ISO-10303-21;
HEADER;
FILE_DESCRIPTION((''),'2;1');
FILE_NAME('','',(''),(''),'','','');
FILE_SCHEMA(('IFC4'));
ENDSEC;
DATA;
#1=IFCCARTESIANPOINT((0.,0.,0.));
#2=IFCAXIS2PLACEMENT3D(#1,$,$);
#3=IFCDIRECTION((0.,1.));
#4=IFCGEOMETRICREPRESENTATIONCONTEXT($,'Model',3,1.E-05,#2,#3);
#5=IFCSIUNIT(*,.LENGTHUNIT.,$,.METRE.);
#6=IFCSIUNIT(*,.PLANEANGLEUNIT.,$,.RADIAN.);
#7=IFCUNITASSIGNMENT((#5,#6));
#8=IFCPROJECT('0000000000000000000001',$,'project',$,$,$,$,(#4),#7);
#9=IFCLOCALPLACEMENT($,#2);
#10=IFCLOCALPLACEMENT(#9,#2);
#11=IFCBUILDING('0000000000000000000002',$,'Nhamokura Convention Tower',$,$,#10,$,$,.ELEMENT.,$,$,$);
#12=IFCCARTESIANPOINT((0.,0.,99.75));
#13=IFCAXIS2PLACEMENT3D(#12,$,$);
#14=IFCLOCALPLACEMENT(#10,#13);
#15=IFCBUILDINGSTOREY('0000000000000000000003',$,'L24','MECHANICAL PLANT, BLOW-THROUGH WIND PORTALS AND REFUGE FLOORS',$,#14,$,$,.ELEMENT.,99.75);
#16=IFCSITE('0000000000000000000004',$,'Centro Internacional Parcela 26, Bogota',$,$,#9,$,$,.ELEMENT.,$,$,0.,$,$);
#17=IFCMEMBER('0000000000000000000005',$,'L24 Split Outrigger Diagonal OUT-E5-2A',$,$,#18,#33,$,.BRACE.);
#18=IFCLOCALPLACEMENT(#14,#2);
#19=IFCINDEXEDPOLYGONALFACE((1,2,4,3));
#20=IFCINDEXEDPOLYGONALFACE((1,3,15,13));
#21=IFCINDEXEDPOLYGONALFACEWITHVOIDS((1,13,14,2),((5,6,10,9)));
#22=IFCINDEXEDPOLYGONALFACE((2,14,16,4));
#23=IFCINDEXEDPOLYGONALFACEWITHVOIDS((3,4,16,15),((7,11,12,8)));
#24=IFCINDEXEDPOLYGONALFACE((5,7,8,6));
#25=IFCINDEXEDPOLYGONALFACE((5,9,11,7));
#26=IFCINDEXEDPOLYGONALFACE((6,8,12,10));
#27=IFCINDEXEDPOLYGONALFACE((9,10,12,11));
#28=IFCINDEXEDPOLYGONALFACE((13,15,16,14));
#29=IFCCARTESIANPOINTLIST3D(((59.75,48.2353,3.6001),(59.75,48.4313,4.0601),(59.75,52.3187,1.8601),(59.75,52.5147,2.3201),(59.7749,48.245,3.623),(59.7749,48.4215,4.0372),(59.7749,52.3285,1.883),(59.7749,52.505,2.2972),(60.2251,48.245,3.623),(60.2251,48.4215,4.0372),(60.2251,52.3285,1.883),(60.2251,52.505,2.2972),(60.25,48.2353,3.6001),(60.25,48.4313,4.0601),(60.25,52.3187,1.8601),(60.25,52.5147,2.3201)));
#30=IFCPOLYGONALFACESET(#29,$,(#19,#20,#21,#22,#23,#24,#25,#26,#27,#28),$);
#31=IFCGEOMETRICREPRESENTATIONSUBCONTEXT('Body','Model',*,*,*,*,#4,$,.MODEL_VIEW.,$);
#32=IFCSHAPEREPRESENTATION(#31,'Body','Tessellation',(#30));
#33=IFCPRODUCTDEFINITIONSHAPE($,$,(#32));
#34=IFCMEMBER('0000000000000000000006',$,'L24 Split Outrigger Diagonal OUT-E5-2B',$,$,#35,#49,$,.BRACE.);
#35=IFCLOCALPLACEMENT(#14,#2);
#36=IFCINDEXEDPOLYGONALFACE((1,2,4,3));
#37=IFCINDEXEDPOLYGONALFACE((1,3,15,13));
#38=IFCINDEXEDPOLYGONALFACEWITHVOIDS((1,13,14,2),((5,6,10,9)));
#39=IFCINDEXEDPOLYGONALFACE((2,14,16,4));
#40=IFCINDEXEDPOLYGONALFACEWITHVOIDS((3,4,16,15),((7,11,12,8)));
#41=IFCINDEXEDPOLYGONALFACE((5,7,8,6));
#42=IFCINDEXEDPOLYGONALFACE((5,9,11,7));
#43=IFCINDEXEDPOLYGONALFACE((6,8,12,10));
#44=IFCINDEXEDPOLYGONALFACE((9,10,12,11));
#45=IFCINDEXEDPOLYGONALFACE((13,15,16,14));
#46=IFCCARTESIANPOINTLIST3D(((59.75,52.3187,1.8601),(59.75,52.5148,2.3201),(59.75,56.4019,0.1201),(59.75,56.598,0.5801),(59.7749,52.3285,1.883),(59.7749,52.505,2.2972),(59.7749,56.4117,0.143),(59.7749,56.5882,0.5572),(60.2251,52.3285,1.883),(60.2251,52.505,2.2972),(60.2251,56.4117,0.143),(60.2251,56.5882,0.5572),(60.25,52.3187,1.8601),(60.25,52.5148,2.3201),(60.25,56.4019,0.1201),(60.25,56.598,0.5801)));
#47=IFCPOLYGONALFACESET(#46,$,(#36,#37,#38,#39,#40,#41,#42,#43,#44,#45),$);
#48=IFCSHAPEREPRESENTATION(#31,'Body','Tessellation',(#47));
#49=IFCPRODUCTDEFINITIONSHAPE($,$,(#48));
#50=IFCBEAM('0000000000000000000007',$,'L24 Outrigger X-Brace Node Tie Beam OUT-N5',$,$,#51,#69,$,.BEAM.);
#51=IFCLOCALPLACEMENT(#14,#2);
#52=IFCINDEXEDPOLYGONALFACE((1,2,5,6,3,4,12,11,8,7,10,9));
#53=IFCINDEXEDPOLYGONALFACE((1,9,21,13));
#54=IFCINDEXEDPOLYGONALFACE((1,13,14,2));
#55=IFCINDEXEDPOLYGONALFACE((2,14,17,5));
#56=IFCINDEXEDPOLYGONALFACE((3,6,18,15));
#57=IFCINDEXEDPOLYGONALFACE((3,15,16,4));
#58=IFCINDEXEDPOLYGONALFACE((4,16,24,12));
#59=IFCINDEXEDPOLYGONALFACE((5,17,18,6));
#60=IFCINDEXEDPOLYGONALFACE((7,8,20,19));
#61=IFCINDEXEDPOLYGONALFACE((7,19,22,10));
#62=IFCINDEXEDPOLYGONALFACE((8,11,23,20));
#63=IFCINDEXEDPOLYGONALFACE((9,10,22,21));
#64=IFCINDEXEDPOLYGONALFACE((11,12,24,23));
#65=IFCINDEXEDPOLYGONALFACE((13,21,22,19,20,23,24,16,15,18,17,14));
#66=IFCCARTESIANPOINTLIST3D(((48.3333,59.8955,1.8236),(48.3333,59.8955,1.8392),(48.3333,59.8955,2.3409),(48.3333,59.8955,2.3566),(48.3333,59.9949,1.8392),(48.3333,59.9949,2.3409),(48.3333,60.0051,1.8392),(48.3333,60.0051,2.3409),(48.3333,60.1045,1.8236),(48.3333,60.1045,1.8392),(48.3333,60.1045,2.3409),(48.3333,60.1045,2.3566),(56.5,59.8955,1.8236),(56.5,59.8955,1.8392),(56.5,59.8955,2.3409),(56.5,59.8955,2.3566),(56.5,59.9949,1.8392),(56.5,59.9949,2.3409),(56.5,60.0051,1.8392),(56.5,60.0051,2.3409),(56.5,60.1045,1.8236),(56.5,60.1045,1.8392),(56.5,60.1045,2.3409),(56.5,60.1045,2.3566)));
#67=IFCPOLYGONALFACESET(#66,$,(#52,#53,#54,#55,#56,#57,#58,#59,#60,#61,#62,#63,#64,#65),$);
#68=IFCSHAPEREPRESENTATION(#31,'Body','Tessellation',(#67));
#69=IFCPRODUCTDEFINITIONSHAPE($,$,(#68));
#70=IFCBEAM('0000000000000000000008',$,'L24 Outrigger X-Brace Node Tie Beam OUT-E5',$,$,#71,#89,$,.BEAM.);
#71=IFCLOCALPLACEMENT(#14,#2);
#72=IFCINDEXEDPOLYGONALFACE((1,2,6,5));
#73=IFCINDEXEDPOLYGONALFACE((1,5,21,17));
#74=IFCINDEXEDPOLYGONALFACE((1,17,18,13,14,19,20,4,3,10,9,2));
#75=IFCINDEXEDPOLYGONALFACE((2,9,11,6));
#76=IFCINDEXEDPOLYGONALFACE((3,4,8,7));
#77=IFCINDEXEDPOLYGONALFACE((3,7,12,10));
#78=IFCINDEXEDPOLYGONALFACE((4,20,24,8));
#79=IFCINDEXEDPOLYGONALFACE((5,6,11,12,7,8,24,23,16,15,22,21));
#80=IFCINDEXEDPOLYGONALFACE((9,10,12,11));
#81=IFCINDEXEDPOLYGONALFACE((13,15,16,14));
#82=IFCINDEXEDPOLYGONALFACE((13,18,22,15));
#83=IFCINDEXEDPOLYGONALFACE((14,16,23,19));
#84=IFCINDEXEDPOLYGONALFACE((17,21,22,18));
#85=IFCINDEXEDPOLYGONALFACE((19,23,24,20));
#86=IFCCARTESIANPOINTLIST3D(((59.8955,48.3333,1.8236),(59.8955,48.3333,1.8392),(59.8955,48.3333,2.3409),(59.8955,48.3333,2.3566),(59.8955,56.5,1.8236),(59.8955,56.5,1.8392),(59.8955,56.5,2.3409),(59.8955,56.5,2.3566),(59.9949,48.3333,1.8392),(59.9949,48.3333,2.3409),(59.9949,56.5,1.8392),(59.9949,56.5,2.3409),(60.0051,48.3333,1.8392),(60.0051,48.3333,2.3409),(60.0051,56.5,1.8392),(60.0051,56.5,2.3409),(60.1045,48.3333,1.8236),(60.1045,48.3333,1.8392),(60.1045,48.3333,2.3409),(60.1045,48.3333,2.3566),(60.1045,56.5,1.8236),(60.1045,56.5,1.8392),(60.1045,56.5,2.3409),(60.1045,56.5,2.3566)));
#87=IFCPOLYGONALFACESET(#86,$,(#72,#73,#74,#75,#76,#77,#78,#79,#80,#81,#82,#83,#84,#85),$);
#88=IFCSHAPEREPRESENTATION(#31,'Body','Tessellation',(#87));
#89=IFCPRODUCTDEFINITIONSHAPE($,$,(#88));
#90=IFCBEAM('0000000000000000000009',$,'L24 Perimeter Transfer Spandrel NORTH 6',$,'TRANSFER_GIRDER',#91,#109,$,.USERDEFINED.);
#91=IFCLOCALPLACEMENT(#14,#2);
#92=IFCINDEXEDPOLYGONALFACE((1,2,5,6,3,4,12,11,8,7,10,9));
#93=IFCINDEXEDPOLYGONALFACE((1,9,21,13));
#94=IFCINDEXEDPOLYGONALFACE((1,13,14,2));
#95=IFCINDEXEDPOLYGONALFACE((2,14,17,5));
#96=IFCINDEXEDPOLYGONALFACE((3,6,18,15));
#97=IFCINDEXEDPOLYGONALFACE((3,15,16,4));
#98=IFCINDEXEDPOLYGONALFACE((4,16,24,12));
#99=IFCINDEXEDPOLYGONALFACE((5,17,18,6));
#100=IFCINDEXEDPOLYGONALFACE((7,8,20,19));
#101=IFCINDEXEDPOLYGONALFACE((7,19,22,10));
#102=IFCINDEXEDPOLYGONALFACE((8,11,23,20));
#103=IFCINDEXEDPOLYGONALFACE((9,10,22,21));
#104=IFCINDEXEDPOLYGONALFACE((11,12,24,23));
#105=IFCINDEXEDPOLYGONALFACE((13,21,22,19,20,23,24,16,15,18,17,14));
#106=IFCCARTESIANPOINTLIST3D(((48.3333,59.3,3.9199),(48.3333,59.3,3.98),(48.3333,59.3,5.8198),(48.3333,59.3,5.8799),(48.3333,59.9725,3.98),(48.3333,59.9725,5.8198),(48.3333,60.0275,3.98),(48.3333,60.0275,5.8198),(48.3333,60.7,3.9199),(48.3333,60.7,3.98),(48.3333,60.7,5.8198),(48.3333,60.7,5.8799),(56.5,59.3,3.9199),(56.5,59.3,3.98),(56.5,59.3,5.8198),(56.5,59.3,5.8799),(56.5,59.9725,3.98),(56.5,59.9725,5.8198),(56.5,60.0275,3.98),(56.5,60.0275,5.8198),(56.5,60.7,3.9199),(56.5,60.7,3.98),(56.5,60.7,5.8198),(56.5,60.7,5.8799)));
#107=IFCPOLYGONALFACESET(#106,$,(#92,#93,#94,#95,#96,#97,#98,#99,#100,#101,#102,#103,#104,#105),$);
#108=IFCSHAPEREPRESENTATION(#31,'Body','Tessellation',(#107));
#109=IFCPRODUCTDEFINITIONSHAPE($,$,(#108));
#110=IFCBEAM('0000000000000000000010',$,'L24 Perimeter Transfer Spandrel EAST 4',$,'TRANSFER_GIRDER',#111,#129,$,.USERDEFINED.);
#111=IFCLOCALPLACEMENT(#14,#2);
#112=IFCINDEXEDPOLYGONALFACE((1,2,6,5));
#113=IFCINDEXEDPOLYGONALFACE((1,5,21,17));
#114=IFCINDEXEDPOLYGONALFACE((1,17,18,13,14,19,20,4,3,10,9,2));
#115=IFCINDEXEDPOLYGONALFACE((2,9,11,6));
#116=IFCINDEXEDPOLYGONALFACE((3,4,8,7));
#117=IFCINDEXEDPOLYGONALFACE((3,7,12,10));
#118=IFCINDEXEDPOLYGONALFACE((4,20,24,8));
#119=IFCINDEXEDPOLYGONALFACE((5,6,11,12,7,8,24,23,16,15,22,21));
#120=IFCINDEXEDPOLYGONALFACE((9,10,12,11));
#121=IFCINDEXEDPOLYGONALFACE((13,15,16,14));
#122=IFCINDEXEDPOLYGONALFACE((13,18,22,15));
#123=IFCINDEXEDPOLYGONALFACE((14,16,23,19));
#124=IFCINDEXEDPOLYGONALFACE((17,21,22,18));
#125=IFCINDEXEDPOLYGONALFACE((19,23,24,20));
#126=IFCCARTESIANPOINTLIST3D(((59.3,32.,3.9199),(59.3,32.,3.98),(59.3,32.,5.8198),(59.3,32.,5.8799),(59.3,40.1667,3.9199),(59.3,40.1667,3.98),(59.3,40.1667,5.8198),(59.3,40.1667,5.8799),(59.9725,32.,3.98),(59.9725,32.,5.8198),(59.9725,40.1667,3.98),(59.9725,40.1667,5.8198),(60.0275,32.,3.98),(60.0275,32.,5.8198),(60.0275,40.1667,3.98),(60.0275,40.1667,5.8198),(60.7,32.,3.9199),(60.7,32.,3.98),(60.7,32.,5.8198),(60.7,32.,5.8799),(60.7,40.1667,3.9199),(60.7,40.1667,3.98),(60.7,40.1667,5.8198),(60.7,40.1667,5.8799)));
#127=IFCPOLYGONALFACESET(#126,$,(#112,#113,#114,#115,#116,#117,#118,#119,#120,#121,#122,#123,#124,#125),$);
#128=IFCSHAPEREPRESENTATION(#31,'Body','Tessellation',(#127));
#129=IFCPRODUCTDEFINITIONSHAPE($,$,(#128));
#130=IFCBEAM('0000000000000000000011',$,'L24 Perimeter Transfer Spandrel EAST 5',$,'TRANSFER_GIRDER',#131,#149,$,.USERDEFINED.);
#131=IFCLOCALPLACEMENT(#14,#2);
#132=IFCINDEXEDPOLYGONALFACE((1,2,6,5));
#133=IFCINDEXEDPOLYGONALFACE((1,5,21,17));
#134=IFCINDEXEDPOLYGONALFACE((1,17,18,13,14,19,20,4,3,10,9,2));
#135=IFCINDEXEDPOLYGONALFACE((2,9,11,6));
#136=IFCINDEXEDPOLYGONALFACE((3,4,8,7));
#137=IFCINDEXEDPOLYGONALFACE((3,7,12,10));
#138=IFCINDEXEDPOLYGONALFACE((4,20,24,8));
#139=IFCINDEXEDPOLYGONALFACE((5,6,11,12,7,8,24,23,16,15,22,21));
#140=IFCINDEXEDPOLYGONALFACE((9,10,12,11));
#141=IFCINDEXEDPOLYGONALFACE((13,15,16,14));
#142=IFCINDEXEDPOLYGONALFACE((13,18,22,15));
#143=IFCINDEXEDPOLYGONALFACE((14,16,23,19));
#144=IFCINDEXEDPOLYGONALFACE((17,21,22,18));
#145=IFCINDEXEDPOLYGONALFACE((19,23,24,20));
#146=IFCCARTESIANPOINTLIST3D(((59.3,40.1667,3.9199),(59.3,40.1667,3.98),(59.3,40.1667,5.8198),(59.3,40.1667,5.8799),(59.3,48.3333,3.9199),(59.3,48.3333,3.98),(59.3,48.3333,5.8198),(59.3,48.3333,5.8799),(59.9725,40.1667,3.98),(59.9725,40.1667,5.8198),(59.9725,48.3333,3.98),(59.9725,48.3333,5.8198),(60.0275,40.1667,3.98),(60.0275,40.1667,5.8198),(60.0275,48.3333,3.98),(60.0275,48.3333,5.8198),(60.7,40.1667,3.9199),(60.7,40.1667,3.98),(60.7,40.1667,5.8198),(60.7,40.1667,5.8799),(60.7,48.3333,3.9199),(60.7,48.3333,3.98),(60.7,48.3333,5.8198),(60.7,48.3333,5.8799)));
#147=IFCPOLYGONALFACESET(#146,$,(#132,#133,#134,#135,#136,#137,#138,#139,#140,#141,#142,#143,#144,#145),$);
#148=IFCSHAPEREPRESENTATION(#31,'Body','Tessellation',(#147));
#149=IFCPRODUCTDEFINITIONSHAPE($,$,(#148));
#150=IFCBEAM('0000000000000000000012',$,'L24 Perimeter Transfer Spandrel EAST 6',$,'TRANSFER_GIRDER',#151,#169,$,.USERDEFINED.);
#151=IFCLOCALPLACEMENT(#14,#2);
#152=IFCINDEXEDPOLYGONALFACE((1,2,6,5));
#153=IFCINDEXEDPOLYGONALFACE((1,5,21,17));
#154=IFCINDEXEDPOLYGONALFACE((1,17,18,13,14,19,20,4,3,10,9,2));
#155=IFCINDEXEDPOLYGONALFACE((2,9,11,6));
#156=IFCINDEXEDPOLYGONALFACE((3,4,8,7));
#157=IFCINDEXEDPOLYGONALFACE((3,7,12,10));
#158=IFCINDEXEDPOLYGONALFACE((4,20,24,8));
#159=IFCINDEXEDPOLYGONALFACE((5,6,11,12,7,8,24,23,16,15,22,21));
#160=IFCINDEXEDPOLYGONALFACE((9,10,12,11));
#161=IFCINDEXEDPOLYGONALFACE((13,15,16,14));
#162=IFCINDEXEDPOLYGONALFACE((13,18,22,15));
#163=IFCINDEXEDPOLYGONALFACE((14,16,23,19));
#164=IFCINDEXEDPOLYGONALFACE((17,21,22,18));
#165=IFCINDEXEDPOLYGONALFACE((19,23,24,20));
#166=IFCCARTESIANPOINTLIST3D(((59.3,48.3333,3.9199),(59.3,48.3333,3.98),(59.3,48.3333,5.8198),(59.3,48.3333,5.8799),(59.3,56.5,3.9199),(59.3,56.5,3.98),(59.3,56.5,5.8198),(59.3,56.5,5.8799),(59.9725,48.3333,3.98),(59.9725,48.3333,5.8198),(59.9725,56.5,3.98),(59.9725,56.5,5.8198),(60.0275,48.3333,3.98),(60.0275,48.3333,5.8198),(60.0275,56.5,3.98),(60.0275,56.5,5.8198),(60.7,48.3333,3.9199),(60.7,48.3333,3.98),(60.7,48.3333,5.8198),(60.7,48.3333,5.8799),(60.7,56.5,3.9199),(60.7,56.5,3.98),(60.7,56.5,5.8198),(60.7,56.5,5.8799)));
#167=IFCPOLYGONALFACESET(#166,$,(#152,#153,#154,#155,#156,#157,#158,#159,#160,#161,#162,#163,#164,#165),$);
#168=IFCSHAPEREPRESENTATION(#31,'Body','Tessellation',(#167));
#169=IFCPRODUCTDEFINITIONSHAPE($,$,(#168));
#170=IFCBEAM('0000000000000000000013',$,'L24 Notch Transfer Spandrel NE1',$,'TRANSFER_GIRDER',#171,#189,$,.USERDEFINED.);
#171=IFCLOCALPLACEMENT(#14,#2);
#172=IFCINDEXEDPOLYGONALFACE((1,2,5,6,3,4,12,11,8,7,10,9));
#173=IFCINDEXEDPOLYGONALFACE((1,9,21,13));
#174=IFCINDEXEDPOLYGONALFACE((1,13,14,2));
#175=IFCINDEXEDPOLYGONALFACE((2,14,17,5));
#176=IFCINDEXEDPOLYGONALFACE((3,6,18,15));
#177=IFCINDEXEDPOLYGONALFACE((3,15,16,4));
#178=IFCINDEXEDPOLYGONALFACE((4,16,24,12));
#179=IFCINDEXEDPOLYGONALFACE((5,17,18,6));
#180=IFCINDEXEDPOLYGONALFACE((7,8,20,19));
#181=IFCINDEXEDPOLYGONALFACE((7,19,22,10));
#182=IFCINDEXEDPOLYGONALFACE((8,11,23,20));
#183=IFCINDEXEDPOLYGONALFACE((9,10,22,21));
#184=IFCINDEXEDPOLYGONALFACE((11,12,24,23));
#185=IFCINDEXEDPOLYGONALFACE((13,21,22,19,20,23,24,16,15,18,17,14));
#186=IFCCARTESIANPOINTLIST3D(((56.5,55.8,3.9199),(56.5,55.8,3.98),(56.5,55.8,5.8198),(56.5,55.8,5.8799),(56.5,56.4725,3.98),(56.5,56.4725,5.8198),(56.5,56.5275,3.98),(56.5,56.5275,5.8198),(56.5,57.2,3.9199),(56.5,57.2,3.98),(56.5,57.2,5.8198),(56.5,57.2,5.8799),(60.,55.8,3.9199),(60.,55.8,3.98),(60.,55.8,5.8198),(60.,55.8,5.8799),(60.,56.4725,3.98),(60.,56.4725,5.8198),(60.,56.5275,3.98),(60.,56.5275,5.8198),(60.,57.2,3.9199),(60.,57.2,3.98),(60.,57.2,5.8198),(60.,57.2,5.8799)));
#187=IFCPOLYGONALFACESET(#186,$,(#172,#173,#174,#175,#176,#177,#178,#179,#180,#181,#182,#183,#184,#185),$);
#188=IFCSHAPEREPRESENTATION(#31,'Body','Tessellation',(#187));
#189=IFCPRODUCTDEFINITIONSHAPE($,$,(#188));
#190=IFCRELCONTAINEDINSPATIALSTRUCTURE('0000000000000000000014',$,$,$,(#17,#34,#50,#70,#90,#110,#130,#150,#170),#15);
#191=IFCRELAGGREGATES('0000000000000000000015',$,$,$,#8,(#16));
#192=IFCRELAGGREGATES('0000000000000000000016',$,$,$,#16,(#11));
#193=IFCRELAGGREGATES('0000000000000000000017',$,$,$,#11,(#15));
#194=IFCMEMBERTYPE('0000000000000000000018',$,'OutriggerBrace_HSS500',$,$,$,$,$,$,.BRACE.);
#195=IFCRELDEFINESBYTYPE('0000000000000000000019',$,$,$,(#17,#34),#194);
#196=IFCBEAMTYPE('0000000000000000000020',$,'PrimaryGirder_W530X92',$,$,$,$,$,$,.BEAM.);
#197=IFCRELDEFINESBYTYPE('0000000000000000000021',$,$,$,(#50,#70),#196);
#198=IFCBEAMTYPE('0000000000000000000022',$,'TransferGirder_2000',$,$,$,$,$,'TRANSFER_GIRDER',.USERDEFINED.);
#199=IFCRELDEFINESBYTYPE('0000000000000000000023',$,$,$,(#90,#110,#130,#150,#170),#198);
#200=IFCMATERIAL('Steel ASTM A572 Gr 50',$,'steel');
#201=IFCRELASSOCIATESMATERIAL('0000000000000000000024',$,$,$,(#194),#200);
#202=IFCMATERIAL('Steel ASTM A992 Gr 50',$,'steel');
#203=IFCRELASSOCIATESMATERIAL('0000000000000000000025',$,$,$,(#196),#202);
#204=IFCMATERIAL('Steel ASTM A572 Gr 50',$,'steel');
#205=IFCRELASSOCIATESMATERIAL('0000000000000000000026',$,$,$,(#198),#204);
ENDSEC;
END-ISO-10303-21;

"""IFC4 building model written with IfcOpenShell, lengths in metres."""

from ifc_helpers import new_model, si_unit, direction, frame, origin, origin_2d, place, context, subcontext, project, spatial, hollow_rectangle, i_section, extrude, material, material_profile, profile_set, type_object, element, save


model = new_model("IFC4")

# Units and contexts
model_context = context("Model", 3, precision=1e-05, world=origin(), true_north=direction((0.0, 1.0)))
body_context = subcontext(model_context, "Body", "Model", "MODEL_VIEW")
ifc_project = project(units=[si_unit("LENGTHUNIT", "METRE"), si_unit("PLANEANGLEUNIT", "RADIAN")], contexts=[model_context])

# Site, building, storey
site_placement = place(None, origin())
site = spatial("IfcSite", under=ifc_project, at=site_placement, Name="Centro Internacional Parcela 26, Bogota", CompositionType="ELEMENT", RefElevation=0.0)
building_placement = place(site_placement, origin())
building = spatial("IfcBuilding", under=site, at=building_placement, Name="Nhamokura Convention Tower", CompositionType="ELEMENT")
storey_placement = place(building_placement, frame((0.0, 0.0, 99.75)))
storey = spatial("IfcBuildingStorey", under=building, at=storey_placement, Name="L24", Description="MECHANICAL PLANT, BLOW-THROUGH WIND PORTALS AND REFUGE FLOORS", CompositionType="ELEMENT", Elevation=99.75)

# Members
ifc_material_1 = material(Name="Steel ASTM A572 Gr 50", Category="steel")
ifc_material_profile_1 = material_profile(ifc_material_1, hollow_rectangle(XDim=0.5, YDim=0.5, WallThickness=0.0249, at=origin_2d()))
ifc_profile_set_1 = profile_set([ifc_material_profile_1], Name="Steel ASTM A572 Gr 50")
member_type_1 = type_object("IfcMemberType", Name="OutriggerBrace_HSS500", PredefinedType="BRACE", material=ifc_profile_set_1)
member_1_placement = place(storey_placement, frame((60.0, 48.3333, 3.8301), z_axis=(0.0, 0.919965, -0.392), x_axis=(-1.0, 0.0, 0.0)))
element("IfcMember", 1, at=member_1_placement, inside=storey, type_object=member_type_1, Name="L24 Split Outrigger Diagonal OUT-E5-2A", PredefinedType="BRACE", context=body_context, shape_type="SweptSolid", body=[
    extrude(hollow_rectangle(XDim=0.5, YDim=0.5, WallThickness=0.0249, at=origin_2d()), origin(), (0.0, 0.0, 1.0), 4.4387),
])
member_2_placement = place(storey_placement, frame((60.0, 52.4167, 2.0901), z_axis=(0.0, 0.919957, -0.39202), x_axis=(-1.0, 0.0, 0.0)))
element("IfcMember", 2, at=member_2_placement, inside=storey, type_object=member_type_1, Name="L24 Split Outrigger Diagonal OUT-E5-2B", PredefinedType="BRACE", context=body_context, shape_type="SweptSolid", body=[
    extrude(hollow_rectangle(XDim=0.5, YDim=0.5, WallThickness=0.0249, at=origin_2d()), origin(), (0.0, 0.0, 1.0), 4.4385),
])

# Beams
ifc_material_2 = material(Name="Steel ASTM A992 Gr 50", Category="steel")
ifc_material_profile_2 = material_profile(ifc_material_2, i_section(OverallWidth=0.209, OverallDepth=0.533, WebThickness=0.0103, FlangeThickness=0.0156, at=origin_2d()))
ifc_profile_set_2 = profile_set([ifc_material_profile_2], Name="Steel ASTM A992 Gr 50")
beam_type_1 = type_object("IfcBeamType", Name="PrimaryGirder_W530X92", PredefinedType="BEAM", material=ifc_profile_set_2)
for number, where, z_axis, x_axis, name in (
    (3, (48.3333, 60.0, 2.0901), (1.0, 0.0, 0.0), (0.0, 1.0, 0.0), "L24 Outrigger X-Brace Node Tie Beam OUT-N5"),
    (4, (60.0, 48.3333, 2.0901), (0.0, 1.0, 0.0), (-1.0, 0.0, 0.0), "L24 Outrigger X-Brace Node Tie Beam OUT-E5"),
):
    element("IfcBeam", number, at=place(storey_placement, frame(where, z_axis=z_axis, x_axis=x_axis)), inside=storey, type_object=beam_type_1, Name=name, PredefinedType="BEAM", context=body_context, shape_type="SweptSolid", body=[
        extrude(i_section(OverallWidth=0.209, OverallDepth=0.533, WebThickness=0.0103, FlangeThickness=0.0156, at=origin_2d()), origin(), (0.0, 0.0, 1.0), 8.1667),
    ])
ifc_material_3 = material(Name="Steel ASTM A572 Gr 50", Category="steel")
ifc_material_profile_3 = material_profile(ifc_material_3, i_section(OverallWidth=1.3999, OverallDepth=1.96, WebThickness=0.0549, FlangeThickness=0.0601, at=origin_2d()))
ifc_profile_set_3 = profile_set([ifc_material_profile_3], Name="Steel ASTM A572 Gr 50")
beam_type_2 = type_object("IfcBeamType", Name="TransferGirder_2000", ElementType="TRANSFER_GIRDER", PredefinedType="USERDEFINED", material=ifc_profile_set_3)
for number, where, z_axis, x_axis, name in (
    (5, (48.3333, 60.0, 4.8999), (1.0, 0.0, 0.0), (0.0, 1.0, 0.0), "L24 Perimeter Transfer Spandrel NORTH 6"),
    (6, (60.0, 32.0, 4.8999), (0.0, 1.0, 0.0), (-1.0, 0.0, 0.0), "L24 Perimeter Transfer Spandrel EAST 4"),
):
    element("IfcBeam", number, at=place(storey_placement, frame(where, z_axis=z_axis, x_axis=x_axis)), inside=storey, type_object=beam_type_2, Name=name, ObjectType="TRANSFER_GIRDER", PredefinedType="USERDEFINED", context=body_context, shape_type="SweptSolid", body=[
        extrude(i_section(OverallWidth=1.3999, OverallDepth=1.96, WebThickness=0.0549, FlangeThickness=0.0601, at=origin_2d()), origin(), (0.0, 0.0, 1.0), 8.1667),
    ])
beam_1_placement = place(storey_placement, frame((60.0, 40.1667, 4.8999), z_axis=(0.0, 1.0, 0.0), x_axis=(-1.0, 0.0, 0.0)))
element("IfcBeam", 7, at=beam_1_placement, inside=storey, type_object=beam_type_2, Name="L24 Perimeter Transfer Spandrel EAST 5", ObjectType="TRANSFER_GIRDER", PredefinedType="USERDEFINED", context=body_context, shape_type="SweptSolid", body=[
    extrude(i_section(OverallWidth=1.3999, OverallDepth=1.96, WebThickness=0.0549, FlangeThickness=0.0601, at=origin_2d()), origin(), (0.0, 0.0, 1.0), 8.1665),
])
beam_2_placement = place(storey_placement, frame((60.0, 48.3333, 4.8999), z_axis=(0.0, 1.0, 0.0), x_axis=(-1.0, 0.0, 0.0)))
element("IfcBeam", 8, at=beam_2_placement, inside=storey, type_object=beam_type_2, Name="L24 Perimeter Transfer Spandrel EAST 6", ObjectType="TRANSFER_GIRDER", PredefinedType="USERDEFINED", context=body_context, shape_type="SweptSolid", body=[
    extrude(i_section(OverallWidth=1.3999, OverallDepth=1.96, WebThickness=0.0549, FlangeThickness=0.0601, at=origin_2d()), origin(), (0.0, 0.0, 1.0), 8.1667),
])
for number, where, z_axis, x_axis, name in (
    (9, (60.0, 56.5, 4.8999), (-1.0, 0.0, 0.0), (0.0, -1.0, 0.0), "L24 Notch Transfer Spandrel NE1"),
):
    element("IfcBeam", number, at=place(storey_placement, frame(where, z_axis=z_axis, x_axis=x_axis)), inside=storey, type_object=beam_type_2, Name=name, ObjectType="TRANSFER_GIRDER", PredefinedType="USERDEFINED", context=body_context, shape_type="SweptSolid", body=[
        extrude(i_section(OverallWidth=1.3999, OverallDepth=1.96, WebThickness=0.0549, FlangeThickness=0.0601, at=origin_2d()), origin(), (0.0, 0.0, 1.0), 3.5),
    ])

save(model, "model.ifc")
